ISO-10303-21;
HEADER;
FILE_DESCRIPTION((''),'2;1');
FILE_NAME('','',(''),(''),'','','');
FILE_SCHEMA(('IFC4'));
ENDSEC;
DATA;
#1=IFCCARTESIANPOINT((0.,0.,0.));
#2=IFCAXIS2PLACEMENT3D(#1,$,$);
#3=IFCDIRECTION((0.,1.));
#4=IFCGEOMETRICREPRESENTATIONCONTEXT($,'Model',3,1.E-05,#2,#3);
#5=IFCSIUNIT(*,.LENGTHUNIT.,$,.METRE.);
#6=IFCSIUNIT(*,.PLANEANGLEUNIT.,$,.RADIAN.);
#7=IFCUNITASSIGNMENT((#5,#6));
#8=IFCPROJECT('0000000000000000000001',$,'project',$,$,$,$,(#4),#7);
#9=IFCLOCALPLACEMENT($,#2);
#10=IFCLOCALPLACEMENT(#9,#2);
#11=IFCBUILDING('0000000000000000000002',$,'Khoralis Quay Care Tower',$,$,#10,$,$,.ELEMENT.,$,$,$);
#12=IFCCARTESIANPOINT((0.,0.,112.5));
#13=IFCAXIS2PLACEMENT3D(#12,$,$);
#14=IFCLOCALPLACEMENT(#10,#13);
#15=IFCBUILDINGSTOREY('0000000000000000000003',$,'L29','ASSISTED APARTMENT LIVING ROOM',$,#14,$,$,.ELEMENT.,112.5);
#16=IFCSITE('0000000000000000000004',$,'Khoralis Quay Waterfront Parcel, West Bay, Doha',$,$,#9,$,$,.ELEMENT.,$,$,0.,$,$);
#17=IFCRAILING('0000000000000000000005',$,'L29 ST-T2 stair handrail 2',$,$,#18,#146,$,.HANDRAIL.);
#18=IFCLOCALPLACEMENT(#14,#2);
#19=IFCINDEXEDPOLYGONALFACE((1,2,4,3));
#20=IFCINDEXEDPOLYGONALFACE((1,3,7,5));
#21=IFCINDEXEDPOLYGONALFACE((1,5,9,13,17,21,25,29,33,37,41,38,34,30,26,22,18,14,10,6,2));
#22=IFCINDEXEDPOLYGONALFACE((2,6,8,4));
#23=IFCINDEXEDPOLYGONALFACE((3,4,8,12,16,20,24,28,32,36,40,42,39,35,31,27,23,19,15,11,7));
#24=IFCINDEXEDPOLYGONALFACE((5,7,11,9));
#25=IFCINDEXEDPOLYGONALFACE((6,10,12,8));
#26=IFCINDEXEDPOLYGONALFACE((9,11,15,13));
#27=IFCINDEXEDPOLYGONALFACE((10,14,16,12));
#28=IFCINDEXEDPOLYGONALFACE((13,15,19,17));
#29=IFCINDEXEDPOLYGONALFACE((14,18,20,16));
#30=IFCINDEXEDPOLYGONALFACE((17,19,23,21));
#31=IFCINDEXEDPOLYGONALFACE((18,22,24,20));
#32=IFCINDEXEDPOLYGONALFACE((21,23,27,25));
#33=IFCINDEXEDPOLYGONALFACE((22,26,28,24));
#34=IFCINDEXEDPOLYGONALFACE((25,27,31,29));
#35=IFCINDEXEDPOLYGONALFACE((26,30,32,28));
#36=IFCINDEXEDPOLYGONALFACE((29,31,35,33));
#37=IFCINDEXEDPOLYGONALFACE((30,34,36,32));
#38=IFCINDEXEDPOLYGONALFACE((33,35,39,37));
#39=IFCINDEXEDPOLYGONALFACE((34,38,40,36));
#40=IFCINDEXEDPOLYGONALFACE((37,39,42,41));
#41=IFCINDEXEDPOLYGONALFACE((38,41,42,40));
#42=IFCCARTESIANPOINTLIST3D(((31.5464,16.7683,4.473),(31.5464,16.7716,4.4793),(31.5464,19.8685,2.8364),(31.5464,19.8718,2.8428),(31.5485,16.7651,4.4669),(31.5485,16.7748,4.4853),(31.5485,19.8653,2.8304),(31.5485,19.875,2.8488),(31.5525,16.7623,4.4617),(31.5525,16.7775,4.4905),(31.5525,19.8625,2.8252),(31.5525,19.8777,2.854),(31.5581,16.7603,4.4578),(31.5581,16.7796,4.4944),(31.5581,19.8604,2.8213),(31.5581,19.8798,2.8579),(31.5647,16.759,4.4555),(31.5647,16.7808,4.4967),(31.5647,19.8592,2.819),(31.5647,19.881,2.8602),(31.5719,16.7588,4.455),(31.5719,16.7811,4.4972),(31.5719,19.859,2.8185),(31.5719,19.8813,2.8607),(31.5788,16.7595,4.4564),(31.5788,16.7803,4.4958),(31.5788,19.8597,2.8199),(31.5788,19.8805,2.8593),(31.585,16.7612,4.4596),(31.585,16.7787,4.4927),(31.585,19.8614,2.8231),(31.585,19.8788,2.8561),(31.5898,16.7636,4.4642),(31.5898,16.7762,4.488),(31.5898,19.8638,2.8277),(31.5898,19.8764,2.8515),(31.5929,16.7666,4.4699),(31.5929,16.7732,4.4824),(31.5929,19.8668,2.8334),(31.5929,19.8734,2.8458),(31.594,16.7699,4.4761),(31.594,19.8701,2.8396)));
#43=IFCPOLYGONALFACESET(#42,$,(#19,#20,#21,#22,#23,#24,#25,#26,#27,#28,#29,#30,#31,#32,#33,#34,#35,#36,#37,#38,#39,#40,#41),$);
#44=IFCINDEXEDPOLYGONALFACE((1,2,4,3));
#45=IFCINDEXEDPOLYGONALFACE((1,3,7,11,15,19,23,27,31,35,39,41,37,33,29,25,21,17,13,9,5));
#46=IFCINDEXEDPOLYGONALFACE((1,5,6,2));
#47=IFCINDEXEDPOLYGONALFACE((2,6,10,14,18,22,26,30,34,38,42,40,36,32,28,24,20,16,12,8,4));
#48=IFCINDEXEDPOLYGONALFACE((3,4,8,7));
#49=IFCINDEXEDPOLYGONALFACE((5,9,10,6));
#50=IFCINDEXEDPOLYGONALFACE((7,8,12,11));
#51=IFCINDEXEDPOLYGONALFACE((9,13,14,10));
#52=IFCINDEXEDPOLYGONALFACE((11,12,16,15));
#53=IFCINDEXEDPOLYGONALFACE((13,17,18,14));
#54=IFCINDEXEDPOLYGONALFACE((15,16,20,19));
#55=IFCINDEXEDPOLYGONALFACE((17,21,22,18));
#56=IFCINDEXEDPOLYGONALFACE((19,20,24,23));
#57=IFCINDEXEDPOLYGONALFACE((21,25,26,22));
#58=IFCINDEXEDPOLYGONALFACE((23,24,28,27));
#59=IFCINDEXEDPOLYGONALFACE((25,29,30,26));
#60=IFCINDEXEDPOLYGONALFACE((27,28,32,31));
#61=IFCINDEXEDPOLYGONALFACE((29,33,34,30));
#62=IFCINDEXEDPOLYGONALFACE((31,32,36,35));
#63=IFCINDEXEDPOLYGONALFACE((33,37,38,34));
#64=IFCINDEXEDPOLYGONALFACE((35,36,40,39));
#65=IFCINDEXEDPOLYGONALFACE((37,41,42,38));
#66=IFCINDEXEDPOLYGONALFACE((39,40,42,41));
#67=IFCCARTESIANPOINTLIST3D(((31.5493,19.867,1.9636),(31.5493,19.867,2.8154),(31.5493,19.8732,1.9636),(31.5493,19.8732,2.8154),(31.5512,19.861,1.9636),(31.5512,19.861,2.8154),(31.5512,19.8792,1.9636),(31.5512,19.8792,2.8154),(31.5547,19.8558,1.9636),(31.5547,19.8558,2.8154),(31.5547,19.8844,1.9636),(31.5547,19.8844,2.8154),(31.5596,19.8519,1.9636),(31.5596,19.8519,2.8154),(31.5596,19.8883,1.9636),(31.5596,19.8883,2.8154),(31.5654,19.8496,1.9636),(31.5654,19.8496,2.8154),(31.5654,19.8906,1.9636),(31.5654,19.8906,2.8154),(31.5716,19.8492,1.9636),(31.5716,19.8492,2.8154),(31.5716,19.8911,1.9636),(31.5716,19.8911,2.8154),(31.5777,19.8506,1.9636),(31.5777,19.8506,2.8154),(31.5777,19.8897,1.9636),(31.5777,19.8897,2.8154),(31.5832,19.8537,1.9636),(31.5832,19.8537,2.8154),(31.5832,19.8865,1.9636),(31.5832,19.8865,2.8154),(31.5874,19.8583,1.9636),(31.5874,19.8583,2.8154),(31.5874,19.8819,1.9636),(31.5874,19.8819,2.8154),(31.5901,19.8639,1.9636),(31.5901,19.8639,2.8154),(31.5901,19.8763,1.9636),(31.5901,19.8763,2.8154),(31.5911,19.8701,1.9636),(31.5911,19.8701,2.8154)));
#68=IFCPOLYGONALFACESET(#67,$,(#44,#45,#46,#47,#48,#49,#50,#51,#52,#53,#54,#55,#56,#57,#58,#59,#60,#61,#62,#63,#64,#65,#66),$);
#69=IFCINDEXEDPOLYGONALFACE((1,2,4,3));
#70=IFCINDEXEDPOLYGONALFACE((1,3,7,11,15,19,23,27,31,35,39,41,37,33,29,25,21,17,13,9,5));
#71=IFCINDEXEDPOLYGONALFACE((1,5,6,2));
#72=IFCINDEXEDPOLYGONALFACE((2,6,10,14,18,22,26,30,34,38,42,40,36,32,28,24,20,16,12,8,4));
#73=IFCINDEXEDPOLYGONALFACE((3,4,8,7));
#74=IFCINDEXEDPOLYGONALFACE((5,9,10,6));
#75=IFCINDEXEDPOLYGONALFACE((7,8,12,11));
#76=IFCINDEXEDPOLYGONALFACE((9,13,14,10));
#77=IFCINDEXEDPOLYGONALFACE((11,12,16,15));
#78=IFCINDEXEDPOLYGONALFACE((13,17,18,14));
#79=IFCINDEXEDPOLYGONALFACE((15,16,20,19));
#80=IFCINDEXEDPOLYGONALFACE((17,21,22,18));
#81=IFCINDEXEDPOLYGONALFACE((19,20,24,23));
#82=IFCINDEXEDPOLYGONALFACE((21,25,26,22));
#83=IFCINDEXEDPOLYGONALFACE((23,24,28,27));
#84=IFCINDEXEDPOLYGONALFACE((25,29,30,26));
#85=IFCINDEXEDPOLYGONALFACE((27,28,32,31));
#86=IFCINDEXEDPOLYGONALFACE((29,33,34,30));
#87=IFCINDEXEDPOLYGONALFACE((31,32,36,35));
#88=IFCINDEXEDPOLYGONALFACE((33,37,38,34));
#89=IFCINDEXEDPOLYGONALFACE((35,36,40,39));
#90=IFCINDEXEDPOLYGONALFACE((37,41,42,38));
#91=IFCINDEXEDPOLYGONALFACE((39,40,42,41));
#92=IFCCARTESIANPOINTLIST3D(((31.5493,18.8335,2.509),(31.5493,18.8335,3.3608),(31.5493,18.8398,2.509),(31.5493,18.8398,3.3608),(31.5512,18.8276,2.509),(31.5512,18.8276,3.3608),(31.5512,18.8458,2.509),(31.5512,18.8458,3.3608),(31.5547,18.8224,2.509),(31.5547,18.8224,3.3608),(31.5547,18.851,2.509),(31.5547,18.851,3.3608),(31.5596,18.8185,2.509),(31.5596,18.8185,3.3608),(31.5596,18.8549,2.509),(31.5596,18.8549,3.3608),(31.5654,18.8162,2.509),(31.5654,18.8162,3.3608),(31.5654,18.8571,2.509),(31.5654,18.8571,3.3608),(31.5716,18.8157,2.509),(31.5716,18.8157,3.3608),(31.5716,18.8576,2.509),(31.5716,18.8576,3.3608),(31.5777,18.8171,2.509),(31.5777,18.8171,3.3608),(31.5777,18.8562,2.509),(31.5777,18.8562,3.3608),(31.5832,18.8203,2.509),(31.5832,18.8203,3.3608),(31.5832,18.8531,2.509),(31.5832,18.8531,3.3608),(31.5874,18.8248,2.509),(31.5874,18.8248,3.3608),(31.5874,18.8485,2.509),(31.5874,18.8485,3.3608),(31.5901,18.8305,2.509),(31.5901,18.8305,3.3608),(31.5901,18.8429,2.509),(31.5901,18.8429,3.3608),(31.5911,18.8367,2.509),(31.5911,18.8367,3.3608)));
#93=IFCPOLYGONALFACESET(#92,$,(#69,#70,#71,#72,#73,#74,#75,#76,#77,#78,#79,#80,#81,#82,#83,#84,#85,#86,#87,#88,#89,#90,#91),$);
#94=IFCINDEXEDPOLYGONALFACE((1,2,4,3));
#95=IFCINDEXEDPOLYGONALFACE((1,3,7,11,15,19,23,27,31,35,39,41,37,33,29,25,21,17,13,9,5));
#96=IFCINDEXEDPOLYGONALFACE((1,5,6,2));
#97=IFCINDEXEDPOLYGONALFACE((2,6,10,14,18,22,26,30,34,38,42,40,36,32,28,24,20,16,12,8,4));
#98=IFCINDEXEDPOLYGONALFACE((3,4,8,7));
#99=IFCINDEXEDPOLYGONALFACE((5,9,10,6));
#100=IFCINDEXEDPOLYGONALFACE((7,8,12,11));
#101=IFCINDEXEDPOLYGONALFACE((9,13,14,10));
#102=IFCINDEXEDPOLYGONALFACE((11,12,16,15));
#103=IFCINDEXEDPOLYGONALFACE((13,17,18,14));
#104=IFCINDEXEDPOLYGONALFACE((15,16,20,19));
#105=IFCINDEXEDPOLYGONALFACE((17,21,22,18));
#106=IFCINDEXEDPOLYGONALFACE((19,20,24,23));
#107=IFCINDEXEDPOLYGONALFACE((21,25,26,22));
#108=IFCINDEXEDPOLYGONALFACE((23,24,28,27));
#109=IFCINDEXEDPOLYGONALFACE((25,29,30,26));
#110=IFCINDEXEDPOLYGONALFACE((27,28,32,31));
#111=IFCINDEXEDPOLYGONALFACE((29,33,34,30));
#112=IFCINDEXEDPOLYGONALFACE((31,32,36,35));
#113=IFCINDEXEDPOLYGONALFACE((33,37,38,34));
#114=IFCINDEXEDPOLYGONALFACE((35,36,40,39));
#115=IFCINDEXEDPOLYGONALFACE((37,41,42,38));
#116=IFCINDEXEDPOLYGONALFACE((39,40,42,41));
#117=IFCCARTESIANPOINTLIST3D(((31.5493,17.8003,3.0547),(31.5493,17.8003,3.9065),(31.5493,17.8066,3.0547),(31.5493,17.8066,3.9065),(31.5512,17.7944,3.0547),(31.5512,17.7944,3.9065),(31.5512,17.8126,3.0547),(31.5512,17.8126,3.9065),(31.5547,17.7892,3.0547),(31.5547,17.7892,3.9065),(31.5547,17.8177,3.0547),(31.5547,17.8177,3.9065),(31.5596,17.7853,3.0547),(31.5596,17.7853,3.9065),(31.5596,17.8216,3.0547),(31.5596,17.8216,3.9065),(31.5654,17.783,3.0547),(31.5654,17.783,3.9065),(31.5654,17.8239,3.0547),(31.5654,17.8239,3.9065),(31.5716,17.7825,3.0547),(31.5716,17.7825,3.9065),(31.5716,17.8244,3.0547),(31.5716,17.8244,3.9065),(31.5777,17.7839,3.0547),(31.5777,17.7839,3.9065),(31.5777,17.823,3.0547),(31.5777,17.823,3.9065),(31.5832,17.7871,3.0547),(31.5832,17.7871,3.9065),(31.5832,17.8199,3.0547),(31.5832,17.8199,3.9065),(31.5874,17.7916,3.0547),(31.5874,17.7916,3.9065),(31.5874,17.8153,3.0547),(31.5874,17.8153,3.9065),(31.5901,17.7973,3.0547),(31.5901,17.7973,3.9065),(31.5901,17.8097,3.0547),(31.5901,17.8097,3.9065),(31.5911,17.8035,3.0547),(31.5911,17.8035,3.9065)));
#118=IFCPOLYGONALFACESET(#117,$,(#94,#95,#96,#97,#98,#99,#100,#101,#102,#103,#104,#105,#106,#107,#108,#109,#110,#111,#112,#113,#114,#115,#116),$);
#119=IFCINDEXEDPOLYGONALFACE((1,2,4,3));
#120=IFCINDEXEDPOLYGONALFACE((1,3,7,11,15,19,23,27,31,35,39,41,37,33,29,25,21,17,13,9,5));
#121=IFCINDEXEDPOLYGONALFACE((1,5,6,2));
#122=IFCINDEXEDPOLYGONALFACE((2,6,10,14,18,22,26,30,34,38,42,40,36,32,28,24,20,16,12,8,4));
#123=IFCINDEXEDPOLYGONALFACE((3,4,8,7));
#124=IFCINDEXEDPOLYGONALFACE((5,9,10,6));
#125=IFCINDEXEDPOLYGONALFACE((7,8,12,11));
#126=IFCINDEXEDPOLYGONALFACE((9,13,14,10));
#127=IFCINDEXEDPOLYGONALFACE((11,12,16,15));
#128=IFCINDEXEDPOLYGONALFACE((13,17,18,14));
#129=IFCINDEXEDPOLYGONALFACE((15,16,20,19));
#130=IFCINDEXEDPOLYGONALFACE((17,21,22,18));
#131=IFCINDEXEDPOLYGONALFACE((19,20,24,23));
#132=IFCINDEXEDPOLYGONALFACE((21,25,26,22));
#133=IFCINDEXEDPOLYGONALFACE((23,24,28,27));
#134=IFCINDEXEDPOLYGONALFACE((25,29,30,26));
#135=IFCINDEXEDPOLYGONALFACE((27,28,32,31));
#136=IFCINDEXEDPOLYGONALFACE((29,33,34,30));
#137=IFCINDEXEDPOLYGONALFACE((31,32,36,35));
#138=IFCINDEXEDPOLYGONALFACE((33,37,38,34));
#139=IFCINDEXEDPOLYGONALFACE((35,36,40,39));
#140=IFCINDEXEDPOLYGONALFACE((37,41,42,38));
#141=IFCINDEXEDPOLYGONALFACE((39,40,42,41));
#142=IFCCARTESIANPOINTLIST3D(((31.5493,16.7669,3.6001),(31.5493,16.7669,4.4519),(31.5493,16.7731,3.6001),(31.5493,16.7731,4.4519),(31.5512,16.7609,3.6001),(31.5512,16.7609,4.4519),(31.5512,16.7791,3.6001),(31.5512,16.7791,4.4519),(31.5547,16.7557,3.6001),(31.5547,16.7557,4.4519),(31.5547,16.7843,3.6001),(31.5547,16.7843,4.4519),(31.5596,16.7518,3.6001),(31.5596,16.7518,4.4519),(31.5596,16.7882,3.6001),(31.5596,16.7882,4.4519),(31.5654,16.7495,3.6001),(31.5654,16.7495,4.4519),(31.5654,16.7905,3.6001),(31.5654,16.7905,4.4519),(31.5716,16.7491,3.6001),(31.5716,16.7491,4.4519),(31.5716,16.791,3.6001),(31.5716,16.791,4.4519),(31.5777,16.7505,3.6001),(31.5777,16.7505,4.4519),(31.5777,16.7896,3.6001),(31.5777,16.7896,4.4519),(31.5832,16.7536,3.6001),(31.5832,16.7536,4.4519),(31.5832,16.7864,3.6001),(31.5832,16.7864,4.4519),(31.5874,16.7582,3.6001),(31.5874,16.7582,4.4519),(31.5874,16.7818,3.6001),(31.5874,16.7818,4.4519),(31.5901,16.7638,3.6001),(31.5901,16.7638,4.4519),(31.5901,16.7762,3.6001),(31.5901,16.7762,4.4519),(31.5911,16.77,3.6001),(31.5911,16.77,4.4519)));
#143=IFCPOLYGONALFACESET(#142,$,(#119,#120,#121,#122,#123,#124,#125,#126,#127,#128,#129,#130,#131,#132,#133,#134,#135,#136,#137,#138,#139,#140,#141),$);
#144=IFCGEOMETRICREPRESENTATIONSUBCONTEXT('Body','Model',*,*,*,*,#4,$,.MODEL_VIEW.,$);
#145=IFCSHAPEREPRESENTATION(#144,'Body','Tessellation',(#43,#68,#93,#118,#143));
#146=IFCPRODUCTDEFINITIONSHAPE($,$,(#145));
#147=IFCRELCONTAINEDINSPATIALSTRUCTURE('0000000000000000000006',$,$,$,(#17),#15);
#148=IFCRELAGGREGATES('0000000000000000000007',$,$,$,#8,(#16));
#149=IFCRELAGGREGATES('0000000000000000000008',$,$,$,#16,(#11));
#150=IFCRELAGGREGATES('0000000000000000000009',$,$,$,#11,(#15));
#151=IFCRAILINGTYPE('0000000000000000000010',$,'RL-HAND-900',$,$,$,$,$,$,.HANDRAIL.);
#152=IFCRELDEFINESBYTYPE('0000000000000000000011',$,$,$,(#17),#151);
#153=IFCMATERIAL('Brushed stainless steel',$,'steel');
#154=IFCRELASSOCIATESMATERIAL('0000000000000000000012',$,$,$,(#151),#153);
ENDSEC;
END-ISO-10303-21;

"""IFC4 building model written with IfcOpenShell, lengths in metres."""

from ifc_helpers import new_model, si_unit, direction, frame, origin, origin_2d, place, context, subcontext, project, spatial, circle, extrude, material, type_object, element, save


model = new_model("IFC4")

# Units and contexts
model_context = context("Model", 3, precision=1e-05, world=origin(), true_north=direction((0.0, 1.0)))
body_context = subcontext(model_context, "Body", "Model", "MODEL_VIEW")
ifc_project = project(units=[si_unit("LENGTHUNIT", "METRE"), si_unit("PLANEANGLEUNIT", "RADIAN")], contexts=[model_context])

# Site, building, storey
site_placement = place(None, origin())
site = spatial("IfcSite", under=ifc_project, at=site_placement, Name="Khoralis Quay Waterfront Parcel, West Bay, Doha", CompositionType="ELEMENT", RefElevation=0.0)
building_placement = place(site_placement, origin())
building = spatial("IfcBuilding", under=site, at=building_placement, Name="Khoralis Quay Care Tower", CompositionType="ELEMENT")
storey_placement = place(building_placement, frame((0.0, 0.0, 112.5)))
storey = spatial("IfcBuildingStorey", under=building, at=storey_placement, Name="L29", Description="ASSISTED APARTMENT LIVING ROOM", CompositionType="ELEMENT", Elevation=112.5)

# Shared definitions
ifc_material_1 = material(Name="Brushed stainless steel", Category="steel")

# Railing
railing_type_1 = type_object("IfcRailingType", Name="RL-HAND-900", PredefinedType="HANDRAIL", material=ifc_material_1)
railing_1_placement = place(storey_placement, frame((31.5701, 19.8701, 1.9636)))
element("IfcRailing", 1, at=railing_1_placement, inside=storey, type_object=railing_type_1, Name="L29 ST-T2 stair handrail 2", PredefinedType="HANDRAIL", context=body_context, shape_type="SweptSolid", body=[
    extrude(circle(Radius=0.0239, at=origin_2d()), frame((0.0, 0.0, 0.876), z_axis=(0.0, -0.884348, 0.466828), x_axis=(1.0, 0.0, 0.0)), (0.0, 0.0, 1.0), 3.5056),
    extrude(circle(Radius=0.021, at=origin_2d()), origin(), (0.0, 0.0, 1.0), 0.8518),
    extrude(circle(Radius=0.021, at=origin_2d()), frame((0.0, -1.0334, 0.5454)), (0.0, 0.0, 1.0), 0.8518),
    extrude(circle(Radius=0.021, at=origin_2d()), frame((0.0, -2.0667, 1.0911)), (0.0, 0.0, 1.0), 0.8518),
    extrude(circle(Radius=0.021, at=origin_2d()), frame((0.0, -3.1001, 1.6365)), (0.0, 0.0, 1.0), 0.8518),
])

save(model, "model.ifc")
